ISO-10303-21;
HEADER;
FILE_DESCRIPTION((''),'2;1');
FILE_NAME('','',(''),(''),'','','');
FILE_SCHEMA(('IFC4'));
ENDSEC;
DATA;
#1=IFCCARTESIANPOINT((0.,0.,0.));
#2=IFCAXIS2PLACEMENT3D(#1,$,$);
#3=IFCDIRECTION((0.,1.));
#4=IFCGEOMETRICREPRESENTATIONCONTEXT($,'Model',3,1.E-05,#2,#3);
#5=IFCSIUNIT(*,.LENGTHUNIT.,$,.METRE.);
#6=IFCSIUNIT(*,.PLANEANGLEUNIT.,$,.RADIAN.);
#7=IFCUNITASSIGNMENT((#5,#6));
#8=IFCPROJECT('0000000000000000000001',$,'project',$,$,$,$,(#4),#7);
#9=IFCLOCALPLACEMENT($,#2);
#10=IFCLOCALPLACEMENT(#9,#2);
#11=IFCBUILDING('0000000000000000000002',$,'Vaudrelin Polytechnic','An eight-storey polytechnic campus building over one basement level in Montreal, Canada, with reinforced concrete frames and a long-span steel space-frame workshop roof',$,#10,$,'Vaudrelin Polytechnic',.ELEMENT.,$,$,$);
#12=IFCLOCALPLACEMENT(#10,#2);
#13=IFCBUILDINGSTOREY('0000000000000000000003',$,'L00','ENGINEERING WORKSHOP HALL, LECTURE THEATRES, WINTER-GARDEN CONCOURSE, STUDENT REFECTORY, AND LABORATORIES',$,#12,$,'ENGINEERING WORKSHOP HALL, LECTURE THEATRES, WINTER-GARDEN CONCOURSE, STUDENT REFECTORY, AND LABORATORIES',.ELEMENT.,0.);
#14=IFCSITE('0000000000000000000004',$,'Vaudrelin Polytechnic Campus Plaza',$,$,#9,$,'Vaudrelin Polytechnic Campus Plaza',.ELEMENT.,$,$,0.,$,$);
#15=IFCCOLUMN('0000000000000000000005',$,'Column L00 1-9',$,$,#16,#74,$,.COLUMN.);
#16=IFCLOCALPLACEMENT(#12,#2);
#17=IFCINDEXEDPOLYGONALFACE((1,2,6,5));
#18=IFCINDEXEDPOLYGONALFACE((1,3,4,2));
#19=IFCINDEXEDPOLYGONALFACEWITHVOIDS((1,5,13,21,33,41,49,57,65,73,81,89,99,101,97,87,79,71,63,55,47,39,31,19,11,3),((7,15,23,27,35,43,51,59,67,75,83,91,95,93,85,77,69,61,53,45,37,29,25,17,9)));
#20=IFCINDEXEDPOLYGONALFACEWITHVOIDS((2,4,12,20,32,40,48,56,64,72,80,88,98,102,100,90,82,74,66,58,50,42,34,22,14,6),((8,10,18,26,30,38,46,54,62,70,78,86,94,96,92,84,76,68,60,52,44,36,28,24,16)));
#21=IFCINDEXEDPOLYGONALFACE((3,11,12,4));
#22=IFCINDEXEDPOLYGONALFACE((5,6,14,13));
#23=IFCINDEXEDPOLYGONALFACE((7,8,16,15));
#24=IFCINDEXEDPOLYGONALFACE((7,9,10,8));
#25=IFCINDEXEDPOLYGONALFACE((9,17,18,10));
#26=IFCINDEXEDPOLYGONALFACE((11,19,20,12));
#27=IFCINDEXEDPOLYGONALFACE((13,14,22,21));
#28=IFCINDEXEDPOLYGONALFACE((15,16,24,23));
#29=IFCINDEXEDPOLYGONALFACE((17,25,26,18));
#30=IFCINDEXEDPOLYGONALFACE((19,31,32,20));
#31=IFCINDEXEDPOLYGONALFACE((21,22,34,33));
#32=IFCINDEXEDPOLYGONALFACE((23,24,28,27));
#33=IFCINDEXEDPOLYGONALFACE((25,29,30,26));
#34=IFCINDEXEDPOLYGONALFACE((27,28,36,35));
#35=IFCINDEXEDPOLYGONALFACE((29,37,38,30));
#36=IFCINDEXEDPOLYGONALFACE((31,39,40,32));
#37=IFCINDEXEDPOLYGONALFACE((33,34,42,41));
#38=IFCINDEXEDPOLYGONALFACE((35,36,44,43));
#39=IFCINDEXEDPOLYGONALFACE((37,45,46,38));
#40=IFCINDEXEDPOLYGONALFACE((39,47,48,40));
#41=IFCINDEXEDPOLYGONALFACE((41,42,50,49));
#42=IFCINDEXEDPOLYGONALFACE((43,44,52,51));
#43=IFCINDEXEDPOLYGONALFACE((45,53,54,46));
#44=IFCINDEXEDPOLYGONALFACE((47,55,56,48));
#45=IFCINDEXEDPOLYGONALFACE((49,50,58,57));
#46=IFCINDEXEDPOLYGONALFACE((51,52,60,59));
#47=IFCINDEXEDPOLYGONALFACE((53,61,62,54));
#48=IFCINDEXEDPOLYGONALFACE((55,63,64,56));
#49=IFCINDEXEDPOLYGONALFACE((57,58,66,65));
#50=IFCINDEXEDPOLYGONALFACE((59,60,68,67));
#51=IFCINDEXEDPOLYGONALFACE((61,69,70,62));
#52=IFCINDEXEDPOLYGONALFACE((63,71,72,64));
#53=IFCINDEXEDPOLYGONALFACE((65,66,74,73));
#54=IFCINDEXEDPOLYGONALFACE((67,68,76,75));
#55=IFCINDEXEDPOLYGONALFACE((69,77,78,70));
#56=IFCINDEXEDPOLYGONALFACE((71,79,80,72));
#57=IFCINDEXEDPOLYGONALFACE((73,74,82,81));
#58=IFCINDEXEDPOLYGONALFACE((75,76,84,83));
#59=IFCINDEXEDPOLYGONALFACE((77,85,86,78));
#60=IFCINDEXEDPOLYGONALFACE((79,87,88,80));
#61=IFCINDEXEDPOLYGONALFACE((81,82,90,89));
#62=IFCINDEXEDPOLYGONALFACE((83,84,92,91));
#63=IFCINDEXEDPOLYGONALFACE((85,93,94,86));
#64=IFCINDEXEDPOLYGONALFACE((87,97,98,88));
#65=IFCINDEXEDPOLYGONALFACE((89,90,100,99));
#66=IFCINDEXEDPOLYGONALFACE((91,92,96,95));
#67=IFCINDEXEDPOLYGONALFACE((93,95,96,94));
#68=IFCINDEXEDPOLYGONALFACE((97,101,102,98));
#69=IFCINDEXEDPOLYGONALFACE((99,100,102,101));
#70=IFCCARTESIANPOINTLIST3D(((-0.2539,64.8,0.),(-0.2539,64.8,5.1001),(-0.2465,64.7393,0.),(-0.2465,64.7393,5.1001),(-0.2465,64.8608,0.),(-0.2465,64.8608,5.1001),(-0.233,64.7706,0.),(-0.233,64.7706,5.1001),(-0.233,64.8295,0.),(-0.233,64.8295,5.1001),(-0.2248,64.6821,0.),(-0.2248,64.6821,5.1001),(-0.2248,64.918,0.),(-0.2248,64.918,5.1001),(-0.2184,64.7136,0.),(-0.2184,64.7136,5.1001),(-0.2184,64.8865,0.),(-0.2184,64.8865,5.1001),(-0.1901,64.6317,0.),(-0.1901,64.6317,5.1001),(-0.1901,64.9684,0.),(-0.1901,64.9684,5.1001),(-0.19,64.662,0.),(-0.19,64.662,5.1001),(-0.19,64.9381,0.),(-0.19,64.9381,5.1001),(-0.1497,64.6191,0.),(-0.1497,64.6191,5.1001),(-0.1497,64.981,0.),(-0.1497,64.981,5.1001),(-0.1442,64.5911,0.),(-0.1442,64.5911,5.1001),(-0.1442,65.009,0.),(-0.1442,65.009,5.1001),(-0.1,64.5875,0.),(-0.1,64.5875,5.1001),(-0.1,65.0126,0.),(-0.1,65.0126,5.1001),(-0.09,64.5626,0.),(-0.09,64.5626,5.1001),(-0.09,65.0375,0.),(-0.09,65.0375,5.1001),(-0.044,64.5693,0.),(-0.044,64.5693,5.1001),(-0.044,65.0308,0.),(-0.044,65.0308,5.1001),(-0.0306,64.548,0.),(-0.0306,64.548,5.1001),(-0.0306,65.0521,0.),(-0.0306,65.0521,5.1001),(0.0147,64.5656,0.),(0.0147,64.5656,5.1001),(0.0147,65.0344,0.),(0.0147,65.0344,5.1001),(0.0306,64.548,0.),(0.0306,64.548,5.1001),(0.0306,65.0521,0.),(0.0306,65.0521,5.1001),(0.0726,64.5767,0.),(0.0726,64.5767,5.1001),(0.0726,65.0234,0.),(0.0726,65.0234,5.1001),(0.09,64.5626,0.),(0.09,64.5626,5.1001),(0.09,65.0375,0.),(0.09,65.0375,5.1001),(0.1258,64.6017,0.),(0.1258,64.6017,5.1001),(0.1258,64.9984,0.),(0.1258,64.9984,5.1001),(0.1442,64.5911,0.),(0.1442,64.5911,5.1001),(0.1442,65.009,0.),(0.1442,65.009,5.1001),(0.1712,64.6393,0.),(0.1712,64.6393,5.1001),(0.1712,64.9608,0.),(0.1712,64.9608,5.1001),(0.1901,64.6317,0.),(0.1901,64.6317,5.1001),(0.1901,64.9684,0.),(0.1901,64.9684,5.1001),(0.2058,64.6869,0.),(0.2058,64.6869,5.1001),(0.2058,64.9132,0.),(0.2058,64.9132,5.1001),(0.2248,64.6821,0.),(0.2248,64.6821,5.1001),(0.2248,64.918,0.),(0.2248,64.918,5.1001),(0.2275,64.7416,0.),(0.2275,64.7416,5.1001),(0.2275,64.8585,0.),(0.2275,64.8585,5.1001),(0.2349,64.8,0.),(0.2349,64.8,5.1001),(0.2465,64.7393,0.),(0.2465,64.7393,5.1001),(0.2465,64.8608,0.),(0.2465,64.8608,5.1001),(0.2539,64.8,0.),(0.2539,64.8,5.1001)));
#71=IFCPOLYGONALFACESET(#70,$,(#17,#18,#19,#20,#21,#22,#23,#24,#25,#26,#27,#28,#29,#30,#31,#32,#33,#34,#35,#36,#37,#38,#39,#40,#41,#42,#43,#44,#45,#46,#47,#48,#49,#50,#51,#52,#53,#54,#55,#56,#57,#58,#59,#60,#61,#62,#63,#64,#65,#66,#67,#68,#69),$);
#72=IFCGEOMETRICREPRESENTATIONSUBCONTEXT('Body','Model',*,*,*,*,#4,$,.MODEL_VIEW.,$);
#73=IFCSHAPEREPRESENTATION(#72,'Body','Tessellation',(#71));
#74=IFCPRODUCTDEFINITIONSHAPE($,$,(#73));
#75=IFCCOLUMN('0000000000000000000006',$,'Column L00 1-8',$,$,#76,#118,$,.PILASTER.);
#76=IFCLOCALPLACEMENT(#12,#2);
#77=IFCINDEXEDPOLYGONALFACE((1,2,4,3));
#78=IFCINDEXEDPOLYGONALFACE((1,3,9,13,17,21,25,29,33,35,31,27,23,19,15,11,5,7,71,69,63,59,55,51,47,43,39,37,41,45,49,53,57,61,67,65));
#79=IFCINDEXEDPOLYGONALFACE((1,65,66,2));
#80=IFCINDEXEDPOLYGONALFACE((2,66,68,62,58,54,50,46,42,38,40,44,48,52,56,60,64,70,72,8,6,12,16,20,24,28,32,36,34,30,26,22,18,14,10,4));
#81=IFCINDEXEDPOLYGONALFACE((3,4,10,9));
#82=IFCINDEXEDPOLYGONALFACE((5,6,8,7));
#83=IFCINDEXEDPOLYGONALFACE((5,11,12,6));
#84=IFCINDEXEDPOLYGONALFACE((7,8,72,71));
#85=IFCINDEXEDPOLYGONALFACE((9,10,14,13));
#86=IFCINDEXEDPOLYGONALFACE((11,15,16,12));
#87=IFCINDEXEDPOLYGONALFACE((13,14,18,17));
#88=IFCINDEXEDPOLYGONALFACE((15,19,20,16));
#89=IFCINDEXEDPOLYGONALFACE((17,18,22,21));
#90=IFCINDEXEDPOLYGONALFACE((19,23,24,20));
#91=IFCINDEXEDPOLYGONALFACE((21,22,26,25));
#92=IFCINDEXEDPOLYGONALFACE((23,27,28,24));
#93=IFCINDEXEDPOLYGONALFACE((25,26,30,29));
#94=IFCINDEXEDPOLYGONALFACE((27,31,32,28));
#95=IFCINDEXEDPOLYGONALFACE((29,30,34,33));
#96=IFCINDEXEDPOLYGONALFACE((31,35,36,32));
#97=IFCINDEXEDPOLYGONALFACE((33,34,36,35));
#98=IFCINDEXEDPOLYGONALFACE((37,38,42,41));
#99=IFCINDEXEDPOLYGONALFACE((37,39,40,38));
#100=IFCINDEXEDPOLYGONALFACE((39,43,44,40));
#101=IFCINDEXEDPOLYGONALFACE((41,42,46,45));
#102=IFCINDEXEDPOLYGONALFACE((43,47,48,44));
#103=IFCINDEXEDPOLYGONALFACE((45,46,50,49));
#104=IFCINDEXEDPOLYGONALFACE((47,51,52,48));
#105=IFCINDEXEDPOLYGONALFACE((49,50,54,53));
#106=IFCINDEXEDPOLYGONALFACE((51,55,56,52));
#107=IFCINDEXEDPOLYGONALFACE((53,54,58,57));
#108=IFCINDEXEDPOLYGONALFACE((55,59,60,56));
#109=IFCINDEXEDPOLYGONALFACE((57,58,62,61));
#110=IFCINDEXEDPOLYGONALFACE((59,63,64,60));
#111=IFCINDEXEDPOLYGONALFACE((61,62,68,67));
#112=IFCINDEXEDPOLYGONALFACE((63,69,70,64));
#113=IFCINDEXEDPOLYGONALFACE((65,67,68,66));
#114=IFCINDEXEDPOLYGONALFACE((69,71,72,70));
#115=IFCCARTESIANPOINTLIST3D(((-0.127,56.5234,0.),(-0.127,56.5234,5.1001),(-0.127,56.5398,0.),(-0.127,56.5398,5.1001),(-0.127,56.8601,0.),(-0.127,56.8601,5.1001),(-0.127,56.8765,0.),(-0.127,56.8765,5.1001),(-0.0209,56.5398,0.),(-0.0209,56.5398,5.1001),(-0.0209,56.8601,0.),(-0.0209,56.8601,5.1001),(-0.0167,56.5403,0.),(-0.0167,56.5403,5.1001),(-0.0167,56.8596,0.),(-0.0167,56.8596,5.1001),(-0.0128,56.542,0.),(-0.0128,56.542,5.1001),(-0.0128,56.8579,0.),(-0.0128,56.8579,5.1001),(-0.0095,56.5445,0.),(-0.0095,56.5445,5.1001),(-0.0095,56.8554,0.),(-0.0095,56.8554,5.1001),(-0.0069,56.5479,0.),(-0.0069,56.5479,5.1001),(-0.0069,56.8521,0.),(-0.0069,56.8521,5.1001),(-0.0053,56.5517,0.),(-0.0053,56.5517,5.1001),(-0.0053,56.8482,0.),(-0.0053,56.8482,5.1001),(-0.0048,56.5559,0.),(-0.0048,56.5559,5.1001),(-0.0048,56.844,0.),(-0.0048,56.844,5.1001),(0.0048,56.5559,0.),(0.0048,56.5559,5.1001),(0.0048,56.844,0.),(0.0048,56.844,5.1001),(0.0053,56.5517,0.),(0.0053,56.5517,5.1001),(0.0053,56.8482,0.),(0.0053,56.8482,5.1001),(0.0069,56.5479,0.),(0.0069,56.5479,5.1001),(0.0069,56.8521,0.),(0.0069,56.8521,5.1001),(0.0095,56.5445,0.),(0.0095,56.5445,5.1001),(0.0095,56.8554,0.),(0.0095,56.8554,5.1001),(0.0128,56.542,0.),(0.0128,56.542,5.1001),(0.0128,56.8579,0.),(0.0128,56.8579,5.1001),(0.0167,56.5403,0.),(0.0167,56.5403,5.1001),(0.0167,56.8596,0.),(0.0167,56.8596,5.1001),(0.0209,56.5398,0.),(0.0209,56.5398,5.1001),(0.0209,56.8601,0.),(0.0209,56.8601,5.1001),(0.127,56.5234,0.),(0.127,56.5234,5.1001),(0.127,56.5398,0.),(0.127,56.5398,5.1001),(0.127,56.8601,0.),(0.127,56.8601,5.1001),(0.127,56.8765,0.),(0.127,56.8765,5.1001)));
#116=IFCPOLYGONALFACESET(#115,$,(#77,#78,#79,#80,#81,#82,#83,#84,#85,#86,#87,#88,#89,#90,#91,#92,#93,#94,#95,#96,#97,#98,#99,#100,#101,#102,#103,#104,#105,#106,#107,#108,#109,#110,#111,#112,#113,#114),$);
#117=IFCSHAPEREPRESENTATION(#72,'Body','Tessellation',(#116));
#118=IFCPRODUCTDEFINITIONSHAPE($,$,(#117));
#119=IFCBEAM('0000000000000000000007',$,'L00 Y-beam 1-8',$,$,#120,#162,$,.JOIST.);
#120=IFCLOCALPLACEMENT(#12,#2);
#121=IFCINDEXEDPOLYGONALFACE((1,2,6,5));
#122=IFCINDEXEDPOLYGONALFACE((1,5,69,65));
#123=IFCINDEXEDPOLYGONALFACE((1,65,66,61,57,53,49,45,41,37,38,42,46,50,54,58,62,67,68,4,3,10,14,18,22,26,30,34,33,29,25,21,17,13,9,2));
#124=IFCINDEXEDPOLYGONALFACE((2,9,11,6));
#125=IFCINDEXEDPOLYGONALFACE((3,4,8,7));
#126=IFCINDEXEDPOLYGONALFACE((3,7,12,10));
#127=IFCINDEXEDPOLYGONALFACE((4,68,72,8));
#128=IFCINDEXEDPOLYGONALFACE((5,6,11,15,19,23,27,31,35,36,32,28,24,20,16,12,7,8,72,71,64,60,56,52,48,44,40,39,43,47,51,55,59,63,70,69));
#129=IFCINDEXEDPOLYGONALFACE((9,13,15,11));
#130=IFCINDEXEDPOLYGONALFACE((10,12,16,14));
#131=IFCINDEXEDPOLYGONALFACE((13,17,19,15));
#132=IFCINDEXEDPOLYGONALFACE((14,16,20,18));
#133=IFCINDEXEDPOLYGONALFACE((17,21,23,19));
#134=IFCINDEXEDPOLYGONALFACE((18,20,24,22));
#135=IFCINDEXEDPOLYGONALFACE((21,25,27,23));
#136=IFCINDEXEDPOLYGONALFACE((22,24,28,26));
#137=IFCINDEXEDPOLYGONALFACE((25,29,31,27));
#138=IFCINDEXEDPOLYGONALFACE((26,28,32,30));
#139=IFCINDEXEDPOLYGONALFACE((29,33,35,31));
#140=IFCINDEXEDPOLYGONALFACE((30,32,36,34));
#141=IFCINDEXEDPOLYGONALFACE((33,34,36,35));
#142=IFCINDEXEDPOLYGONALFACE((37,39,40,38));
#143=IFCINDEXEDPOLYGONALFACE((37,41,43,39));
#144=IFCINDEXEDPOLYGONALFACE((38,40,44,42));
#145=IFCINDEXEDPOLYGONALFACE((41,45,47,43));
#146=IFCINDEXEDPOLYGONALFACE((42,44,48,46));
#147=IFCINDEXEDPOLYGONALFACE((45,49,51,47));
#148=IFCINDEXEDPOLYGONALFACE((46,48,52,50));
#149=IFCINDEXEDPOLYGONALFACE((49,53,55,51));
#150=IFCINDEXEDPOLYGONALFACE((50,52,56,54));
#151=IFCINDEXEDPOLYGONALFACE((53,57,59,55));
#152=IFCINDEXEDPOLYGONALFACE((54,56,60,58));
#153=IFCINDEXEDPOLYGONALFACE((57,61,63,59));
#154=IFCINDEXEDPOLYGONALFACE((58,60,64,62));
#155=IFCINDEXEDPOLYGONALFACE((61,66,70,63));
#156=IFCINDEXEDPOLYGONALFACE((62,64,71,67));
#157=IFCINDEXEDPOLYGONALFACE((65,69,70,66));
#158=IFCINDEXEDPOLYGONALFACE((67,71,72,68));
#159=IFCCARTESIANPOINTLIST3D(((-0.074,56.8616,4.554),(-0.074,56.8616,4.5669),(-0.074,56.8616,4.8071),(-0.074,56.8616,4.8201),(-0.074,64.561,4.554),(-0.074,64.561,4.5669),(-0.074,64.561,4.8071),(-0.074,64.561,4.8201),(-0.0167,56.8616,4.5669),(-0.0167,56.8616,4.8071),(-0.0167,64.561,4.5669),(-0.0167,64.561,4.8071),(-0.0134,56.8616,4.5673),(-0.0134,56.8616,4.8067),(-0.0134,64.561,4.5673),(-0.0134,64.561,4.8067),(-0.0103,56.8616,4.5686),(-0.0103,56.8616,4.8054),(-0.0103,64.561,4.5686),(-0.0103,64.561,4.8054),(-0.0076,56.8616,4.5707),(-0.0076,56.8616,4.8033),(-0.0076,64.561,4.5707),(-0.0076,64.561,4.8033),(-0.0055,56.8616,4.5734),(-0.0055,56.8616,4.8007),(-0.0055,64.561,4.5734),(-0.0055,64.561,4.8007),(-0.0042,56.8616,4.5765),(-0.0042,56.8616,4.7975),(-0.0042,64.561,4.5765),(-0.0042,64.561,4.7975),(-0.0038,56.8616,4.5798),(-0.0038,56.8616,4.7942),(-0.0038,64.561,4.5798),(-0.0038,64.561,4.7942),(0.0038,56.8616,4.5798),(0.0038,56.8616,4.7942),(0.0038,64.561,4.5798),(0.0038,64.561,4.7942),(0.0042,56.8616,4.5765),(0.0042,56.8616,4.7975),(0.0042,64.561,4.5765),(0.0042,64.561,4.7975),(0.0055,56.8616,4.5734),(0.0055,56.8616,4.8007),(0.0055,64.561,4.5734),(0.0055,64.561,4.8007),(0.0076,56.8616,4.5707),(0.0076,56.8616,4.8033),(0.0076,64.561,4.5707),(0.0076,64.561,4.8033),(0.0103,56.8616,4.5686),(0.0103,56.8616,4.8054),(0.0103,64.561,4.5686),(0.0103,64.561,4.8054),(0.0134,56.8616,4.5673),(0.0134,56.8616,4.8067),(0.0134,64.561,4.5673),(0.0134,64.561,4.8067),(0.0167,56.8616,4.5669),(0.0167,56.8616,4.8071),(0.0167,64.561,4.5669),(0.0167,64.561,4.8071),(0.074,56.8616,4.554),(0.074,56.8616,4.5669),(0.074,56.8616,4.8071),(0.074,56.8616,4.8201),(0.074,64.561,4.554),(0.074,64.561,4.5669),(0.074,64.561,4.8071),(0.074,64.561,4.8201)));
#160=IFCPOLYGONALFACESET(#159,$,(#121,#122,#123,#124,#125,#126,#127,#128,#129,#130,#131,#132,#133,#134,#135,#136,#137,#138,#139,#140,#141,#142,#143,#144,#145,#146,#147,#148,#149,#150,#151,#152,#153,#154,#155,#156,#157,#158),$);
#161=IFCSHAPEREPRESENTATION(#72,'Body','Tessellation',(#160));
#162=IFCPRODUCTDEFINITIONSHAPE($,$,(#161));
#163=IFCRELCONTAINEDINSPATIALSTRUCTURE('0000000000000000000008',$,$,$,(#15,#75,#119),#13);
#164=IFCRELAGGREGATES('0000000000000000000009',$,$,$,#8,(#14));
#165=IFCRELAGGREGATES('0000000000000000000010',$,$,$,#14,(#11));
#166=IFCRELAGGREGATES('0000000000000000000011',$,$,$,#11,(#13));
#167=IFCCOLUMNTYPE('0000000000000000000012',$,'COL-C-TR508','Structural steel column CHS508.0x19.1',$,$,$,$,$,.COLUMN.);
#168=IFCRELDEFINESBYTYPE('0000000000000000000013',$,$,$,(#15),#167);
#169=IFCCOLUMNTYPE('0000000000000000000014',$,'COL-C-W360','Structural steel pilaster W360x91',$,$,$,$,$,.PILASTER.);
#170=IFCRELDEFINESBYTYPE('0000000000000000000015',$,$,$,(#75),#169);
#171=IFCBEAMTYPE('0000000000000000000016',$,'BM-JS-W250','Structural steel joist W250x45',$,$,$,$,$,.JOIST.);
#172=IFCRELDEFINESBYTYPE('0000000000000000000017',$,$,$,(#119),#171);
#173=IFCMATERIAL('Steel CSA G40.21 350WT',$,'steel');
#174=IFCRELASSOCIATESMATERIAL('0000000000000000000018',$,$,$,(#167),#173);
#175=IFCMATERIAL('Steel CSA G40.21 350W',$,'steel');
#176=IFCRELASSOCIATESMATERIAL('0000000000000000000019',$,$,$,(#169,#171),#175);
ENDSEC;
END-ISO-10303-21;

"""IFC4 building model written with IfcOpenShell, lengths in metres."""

from ifc_helpers import new_model, si_unit, direction, frame, origin, origin_2d, place, context, subcontext, project, spatial, hollow_circle, i_section, extrude, material, material_profile, profile_set, type_object, element, save


model = new_model("IFC4")

# Units and contexts
model_context = context("Model", 3, precision=1e-05, world=origin(), true_north=direction((0.0, 1.0)))
body_context = subcontext(model_context, "Body", "Model", "MODEL_VIEW")
ifc_project = project(units=[si_unit("LENGTHUNIT", "METRE"), si_unit("PLANEANGLEUNIT", "RADIAN")], contexts=[model_context])

# Site, building, storey
site_placement = place(None, origin())
site = spatial("IfcSite", under=ifc_project, at=site_placement, Name="Vaudrelin Polytechnic Campus Plaza", LongName="Vaudrelin Polytechnic Campus Plaza", CompositionType="ELEMENT", RefElevation=0.0)
building_placement = place(site_placement, origin())
building = spatial("IfcBuilding", under=site, at=building_placement, Name="Vaudrelin Polytechnic", Description="An eight-storey polytechnic campus building over one basement level in Montreal, Canada, with reinforced concrete frames and a long-span steel space-frame workshop roof", LongName="Vaudrelin Polytechnic", CompositionType="ELEMENT")
storey_placement = place(building_placement, origin())
storey = spatial("IfcBuildingStorey", under=building, at=storey_placement, Name="L00", Description="ENGINEERING WORKSHOP HALL, LECTURE THEATRES, WINTER-GARDEN CONCOURSE, STUDENT REFECTORY, AND LABORATORIES", LongName="ENGINEERING WORKSHOP HALL, LECTURE THEATRES, WINTER-GARDEN CONCOURSE, STUDENT REFECTORY, AND LABORATORIES", CompositionType="ELEMENT", Elevation=0.0)

# Columns
ifc_material_1 = material(Name="Steel CSA G40.21 350WT", Category="steel")
ifc_material_profile_1 = material_profile(ifc_material_1, hollow_circle(Radius=0.2539, WallThickness=0.019, at=origin_2d()), Name="CHS508.0x19.1")
ifc_profile_set_1 = profile_set([ifc_material_profile_1], Name="Steel CSA G40.21 350WT")
column_type_1 = type_object("IfcColumnType", Name="COL-C-TR508", Description="Structural steel column CHS508.0x19.1", PredefinedType="COLUMN", material=ifc_profile_set_1)
column_1_placement = place(storey_placement, frame((0.0, 64.8, 0.0), z_axis=(0.0, 0.0, 1.0), x_axis=(1.0, 0.0, 0.0)))
element("IfcColumn", 1, at=column_1_placement, inside=storey, type_object=column_type_1, Name="Column L00 1-9", PredefinedType="COLUMN", context=body_context, shape_type="SweptSolid", body=[
    extrude(hollow_circle(Radius=0.2539, WallThickness=0.019, at=origin_2d()), origin(), (0.0, 0.0, 1.0), 5.1001),
])
ifc_material_2 = material(Name="Steel CSA G40.21 350W", Category="steel")
ifc_material_profile_2 = material_profile(ifc_material_2, i_section(OverallWidth=0.2539, OverallDepth=0.353, WebThickness=0.0095, FlangeThickness=0.0164, FilletRadius=0.0161, at=origin_2d()), Name="W360x91")
ifc_profile_set_2 = profile_set([ifc_material_profile_2], Name="Steel CSA G40.21 350W")
column_type_2 = type_object("IfcColumnType", Name="COL-C-W360", Description="Structural steel pilaster W360x91", PredefinedType="PILASTER", material=ifc_profile_set_2)
column_2_placement = place(storey_placement, frame((0.0, 56.7, 0.0), z_axis=(0.0, 0.0, 1.0), x_axis=(1.0, 0.0, 0.0)))
element("IfcColumn", 2, at=column_2_placement, inside=storey, type_object=column_type_2, Name="Column L00 1-8", PredefinedType="PILASTER", context=body_context, shape_type="SweptSolid", body=[
    extrude(i_section(OverallWidth=0.2539, OverallDepth=0.353, WebThickness=0.0095, FlangeThickness=0.0164, FilletRadius=0.0161, at=origin_2d()), origin(), (0.0, 0.0, 1.0), 5.1001),
])

# Beam
ifc_material_profile_3 = material_profile(ifc_material_2, i_section(OverallWidth=0.1479, OverallDepth=0.2661, WebThickness=0.0076, FlangeThickness=0.0129, FilletRadius=0.0129, at=origin_2d()), Name="W250x45")
ifc_profile_set_3 = profile_set([ifc_material_profile_3], Name="Steel CSA G40.21 350W")
beam_type_1 = type_object("IfcBeamType", Name="BM-JS-W250", Description="Structural steel joist W250x45", PredefinedType="JOIST", material=ifc_profile_set_3)
beam_1_placement = place(storey_placement, frame((0.0, 56.8616, 4.687), z_axis=(0.0, 1.0, 0.0), x_axis=(-1.0, 0.0, 0.0)))
element("IfcBeam", 3, at=beam_1_placement, inside=storey, type_object=beam_type_1, Name="L00 Y-beam 1-8", PredefinedType="JOIST", context=body_context, shape_type="SweptSolid", body=[
    extrude(i_section(OverallWidth=0.1479, OverallDepth=0.2661, WebThickness=0.0076, FlangeThickness=0.0129, FilletRadius=0.0129, at=origin_2d()), origin(), (0.0, 0.0, 1.0), 7.6995),
])

save(model, "model.ifc")
